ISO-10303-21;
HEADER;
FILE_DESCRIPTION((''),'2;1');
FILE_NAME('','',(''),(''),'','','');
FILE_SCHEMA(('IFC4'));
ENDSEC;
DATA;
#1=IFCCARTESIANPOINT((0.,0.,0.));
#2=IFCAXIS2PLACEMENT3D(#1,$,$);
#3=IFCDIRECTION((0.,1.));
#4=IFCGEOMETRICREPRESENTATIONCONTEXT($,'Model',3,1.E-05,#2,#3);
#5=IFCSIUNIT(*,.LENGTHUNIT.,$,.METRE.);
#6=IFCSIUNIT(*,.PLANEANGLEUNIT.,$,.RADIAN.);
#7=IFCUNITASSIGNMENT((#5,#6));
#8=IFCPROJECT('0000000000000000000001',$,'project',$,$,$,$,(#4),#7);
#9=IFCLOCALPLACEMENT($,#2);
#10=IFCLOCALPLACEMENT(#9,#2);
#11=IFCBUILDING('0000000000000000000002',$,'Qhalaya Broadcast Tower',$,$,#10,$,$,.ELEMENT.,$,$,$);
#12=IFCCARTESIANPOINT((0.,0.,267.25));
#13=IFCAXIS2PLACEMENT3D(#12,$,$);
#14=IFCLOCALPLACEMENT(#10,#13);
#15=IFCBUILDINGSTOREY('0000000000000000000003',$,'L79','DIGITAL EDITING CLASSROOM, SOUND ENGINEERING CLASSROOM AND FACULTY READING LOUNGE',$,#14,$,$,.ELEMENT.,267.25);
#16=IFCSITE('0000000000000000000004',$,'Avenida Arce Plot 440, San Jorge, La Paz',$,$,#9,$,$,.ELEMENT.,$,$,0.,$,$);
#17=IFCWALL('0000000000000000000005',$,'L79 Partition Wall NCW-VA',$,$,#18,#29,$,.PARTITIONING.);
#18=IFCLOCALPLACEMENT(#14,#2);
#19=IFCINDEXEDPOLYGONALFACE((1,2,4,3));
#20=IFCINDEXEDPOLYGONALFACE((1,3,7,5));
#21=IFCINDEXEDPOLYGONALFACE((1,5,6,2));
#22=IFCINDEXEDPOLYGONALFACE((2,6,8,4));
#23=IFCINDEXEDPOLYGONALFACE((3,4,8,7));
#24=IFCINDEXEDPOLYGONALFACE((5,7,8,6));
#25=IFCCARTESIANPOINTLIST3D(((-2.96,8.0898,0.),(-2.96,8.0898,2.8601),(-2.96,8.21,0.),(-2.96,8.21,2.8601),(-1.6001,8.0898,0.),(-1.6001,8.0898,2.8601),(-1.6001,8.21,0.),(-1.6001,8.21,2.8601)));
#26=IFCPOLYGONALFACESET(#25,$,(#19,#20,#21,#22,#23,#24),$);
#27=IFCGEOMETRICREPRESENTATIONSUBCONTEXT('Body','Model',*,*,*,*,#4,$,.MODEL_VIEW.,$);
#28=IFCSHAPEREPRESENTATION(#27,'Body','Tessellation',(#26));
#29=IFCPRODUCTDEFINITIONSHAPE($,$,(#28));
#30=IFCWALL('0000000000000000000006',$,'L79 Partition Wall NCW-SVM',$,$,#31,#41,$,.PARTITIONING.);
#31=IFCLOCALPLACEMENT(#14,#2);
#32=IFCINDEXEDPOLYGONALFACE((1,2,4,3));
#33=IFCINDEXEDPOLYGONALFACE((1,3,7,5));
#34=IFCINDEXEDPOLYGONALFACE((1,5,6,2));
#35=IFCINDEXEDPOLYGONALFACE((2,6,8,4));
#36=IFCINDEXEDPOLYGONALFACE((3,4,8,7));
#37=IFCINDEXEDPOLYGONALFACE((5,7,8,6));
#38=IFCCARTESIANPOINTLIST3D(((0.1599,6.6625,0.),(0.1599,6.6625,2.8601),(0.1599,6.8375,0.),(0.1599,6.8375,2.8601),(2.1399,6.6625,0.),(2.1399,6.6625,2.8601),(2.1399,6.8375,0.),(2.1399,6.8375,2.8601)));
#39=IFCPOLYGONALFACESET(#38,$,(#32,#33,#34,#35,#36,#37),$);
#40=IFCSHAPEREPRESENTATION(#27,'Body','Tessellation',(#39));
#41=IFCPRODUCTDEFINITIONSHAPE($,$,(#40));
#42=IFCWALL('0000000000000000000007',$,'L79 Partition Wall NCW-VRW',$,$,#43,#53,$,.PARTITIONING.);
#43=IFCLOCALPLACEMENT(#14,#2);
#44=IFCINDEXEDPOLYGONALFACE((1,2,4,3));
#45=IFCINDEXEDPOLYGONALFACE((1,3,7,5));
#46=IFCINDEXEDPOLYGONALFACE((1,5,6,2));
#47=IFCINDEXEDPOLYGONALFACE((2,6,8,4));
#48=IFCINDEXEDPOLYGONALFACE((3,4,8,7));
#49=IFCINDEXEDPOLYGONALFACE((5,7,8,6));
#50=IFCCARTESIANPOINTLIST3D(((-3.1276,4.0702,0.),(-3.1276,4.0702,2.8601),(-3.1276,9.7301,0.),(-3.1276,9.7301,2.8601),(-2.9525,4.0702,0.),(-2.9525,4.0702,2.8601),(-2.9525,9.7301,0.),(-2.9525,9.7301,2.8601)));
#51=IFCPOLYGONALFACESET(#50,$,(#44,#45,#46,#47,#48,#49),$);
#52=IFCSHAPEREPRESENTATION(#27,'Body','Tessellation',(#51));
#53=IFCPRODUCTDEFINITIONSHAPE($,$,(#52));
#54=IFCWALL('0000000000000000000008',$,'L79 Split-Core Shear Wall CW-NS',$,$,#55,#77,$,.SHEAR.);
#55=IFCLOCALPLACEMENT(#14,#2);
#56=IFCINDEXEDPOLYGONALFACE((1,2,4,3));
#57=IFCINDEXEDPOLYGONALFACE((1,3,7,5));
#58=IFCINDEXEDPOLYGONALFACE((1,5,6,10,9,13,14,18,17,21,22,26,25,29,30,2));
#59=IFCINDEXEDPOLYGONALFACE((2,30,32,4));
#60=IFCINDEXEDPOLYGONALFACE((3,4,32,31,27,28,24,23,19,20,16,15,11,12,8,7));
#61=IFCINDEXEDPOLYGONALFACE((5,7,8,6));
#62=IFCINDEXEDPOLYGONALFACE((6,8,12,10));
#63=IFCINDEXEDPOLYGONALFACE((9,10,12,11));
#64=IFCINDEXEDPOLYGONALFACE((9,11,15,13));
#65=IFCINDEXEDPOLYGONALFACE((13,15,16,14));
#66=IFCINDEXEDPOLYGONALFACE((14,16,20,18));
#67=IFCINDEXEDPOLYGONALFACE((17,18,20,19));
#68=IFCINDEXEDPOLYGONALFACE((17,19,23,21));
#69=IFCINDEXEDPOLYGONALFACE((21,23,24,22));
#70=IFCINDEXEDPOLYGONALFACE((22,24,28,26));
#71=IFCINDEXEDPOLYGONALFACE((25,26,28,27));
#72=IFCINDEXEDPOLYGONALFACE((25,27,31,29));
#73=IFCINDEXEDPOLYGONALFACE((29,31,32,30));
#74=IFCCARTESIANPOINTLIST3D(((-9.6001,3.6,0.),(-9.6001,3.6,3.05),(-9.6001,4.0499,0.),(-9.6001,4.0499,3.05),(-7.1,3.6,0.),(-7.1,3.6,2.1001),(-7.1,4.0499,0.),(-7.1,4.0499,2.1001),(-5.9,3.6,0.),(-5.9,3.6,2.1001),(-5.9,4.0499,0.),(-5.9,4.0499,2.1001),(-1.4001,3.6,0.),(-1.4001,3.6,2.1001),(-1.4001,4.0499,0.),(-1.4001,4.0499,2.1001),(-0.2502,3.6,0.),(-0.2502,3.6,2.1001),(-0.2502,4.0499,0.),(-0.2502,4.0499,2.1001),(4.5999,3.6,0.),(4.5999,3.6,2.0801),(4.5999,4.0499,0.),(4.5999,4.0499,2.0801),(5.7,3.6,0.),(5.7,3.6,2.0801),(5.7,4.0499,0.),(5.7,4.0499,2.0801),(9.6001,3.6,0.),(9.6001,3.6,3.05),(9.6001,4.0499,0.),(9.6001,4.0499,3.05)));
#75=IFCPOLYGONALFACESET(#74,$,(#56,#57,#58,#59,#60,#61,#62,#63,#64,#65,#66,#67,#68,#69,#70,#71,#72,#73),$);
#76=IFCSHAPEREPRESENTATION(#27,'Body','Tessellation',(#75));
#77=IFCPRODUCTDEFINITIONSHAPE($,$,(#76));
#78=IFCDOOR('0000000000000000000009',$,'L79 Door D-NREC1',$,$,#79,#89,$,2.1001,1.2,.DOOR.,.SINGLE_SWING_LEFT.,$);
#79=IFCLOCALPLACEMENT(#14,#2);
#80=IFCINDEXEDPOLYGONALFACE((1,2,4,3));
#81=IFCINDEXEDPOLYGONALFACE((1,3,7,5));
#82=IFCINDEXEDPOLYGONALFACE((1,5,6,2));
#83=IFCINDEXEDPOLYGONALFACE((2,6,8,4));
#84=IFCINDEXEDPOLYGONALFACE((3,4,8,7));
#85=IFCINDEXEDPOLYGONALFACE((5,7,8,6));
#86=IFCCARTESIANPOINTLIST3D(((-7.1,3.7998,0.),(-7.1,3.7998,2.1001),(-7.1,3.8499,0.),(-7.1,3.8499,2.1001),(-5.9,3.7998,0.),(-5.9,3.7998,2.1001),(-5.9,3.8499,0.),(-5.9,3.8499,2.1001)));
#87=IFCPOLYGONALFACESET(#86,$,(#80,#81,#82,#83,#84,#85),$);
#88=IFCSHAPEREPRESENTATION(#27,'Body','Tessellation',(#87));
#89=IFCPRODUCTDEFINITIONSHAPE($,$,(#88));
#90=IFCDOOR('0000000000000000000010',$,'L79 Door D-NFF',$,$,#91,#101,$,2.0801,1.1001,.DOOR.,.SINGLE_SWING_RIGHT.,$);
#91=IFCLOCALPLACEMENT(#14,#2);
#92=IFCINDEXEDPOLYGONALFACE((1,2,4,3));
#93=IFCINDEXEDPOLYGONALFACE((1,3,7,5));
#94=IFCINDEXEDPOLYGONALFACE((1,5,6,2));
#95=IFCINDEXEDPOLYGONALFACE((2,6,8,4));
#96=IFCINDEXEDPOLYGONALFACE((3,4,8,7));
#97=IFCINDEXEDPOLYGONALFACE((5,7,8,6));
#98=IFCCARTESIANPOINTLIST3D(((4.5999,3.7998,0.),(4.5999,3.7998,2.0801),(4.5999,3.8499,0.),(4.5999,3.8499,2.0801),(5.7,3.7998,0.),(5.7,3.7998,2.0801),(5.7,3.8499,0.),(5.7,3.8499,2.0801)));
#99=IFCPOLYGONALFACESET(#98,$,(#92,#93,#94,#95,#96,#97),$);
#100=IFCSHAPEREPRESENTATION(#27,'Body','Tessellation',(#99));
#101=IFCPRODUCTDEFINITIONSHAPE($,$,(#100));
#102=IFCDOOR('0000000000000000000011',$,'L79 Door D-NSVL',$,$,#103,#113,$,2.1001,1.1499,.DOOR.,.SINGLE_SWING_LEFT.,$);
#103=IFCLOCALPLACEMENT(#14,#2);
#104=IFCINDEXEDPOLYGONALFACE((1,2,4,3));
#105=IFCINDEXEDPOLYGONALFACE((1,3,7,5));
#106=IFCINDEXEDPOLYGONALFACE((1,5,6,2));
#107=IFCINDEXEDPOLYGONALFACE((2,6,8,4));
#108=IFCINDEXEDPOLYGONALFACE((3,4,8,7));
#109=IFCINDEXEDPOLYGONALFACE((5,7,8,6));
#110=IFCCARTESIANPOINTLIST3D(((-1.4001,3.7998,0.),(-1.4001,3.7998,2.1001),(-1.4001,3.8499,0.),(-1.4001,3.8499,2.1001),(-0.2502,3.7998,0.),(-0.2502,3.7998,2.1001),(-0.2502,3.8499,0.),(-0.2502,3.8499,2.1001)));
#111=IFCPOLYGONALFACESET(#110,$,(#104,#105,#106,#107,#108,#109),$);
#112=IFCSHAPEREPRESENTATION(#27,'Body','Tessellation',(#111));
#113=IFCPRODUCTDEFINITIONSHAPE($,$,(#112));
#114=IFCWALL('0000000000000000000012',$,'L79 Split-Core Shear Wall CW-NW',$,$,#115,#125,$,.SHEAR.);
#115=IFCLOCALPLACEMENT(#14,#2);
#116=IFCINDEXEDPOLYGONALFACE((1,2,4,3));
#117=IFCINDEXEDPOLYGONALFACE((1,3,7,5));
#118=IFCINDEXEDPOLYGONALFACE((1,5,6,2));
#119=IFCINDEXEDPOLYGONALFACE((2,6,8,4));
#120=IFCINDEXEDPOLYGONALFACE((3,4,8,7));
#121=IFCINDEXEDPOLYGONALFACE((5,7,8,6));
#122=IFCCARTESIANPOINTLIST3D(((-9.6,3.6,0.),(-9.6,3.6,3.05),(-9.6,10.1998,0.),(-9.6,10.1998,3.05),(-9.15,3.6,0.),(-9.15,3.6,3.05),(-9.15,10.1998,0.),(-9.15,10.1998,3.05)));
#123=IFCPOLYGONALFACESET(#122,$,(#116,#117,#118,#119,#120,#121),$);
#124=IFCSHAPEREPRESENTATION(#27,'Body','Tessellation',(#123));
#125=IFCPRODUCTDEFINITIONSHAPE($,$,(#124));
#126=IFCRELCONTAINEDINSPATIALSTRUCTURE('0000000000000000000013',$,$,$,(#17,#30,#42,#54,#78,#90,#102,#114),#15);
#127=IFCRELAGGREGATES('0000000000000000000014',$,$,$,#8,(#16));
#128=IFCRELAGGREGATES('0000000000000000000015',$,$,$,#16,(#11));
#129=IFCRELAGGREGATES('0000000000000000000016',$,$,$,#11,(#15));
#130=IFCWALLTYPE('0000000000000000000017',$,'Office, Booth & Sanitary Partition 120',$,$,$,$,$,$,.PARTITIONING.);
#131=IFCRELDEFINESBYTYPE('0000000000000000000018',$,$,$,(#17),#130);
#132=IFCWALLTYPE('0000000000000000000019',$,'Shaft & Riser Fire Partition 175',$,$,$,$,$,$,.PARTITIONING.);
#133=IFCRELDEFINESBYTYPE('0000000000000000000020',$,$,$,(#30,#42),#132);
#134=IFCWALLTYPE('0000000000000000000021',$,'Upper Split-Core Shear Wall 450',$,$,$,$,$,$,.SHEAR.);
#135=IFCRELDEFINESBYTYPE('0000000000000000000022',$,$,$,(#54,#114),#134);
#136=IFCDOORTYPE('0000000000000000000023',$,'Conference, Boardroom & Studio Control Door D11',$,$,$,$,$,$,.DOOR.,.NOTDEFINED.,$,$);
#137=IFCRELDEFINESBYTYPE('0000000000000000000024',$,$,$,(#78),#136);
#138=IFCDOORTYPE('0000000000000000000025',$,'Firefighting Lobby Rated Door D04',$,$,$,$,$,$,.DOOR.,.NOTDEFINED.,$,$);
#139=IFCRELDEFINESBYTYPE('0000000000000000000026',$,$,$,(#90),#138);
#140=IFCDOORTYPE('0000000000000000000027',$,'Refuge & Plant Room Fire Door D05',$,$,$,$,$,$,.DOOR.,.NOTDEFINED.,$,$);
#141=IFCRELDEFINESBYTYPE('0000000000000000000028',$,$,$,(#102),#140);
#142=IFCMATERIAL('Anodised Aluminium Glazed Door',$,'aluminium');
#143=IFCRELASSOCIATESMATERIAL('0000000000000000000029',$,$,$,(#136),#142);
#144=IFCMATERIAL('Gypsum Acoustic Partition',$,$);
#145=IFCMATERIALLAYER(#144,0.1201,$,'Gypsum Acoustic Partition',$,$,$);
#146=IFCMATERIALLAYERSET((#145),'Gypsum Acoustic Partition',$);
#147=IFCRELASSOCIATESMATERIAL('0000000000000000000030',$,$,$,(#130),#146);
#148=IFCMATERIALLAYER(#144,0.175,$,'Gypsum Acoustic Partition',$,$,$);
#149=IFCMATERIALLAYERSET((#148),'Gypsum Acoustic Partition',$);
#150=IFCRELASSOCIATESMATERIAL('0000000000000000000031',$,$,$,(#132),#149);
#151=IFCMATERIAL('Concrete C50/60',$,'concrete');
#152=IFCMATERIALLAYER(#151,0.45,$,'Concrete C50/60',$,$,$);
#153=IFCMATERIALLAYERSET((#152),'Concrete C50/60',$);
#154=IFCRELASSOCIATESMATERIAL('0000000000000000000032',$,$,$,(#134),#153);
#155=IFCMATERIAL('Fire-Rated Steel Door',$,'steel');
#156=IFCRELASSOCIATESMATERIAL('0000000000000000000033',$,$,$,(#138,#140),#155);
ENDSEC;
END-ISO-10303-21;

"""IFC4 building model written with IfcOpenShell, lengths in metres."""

from ifc_helpers import new_model, si_unit, direction, frame, frame_2d, origin, place, context, subcontext, project, spatial, rectangle, extrude, material, layer, layer_set, type_object, element, fill, save


model = new_model("IFC4")

# Units and contexts
model_context = context("Model", 3, precision=1e-05, world=origin(), true_north=direction((0.0, 1.0)))
body_context = subcontext(model_context, "Body", "Model", "MODEL_VIEW")
ifc_project = project(units=[si_unit("LENGTHUNIT", "METRE"), si_unit("PLANEANGLEUNIT", "RADIAN")], contexts=[model_context])

# Site, building, storey
site_placement = place(None, origin())
site = spatial("IfcSite", under=ifc_project, at=site_placement, Name="Avenida Arce Plot 440, San Jorge, La Paz", CompositionType="ELEMENT", RefElevation=0.0)
building_placement = place(site_placement, origin())
building = spatial("IfcBuilding", under=site, at=building_placement, Name="Qhalaya Broadcast Tower", CompositionType="ELEMENT")
storey_placement = place(building_placement, frame((0.0, 0.0, 267.25)))
storey = spatial("IfcBuildingStorey", under=building, at=storey_placement, Name="L79", Description="DIGITAL EDITING CLASSROOM, SOUND ENGINEERING CLASSROOM AND FACULTY READING LOUNGE", CompositionType="ELEMENT", Elevation=267.25)

# Shared definitions
ifc_material_1 = material(Name="Concrete C50/60", Category="concrete")

# Shared definitions
ifc_material_2 = material(Name="Gypsum Acoustic Partition")
ifc_material_3 = material(Name="Fire-Rated Steel Door", Category="steel")

# Shared definitions
ifc_material_4 = material(Name="Anodised Aluminium Glazed Door", Category="aluminium")
door_type_1 = type_object("IfcDoorType", Name="Conference, Boardroom & Studio Control Door D11", OperationType="NOTDEFINED", PredefinedType="DOOR", material=ifc_material_4)

# Wall
ifc_layer_1 = layer(ifc_material_2, 0.1201, Name="Gypsum Acoustic Partition")
ifc_layer_set_1 = layer_set([ifc_layer_1], Name="Gypsum Acoustic Partition")
wall_type_1 = type_object("IfcWallType", Name="Office, Booth & Sanitary Partition 120", PredefinedType="PARTITIONING", material=ifc_layer_set_1)
wall_1_placement = place(storey_placement, frame((-2.96, 8.1499, 0.0), z_axis=(0.0, 0.0, 1.0), x_axis=(1.0, 0.0, 0.0)))
element("IfcWall", 1, at=wall_1_placement, inside=storey, type_object=wall_type_1, Name="L79 Partition Wall NCW-VA", PredefinedType="PARTITIONING", context=body_context, shape_type="SweptSolid", body=[
    extrude(rectangle(XDim=1.3599, YDim=0.1201, at=frame_2d((0.6799, 0.0))), origin(), (0.0, 0.0, 1.0), 2.8601),
])

# Shared definitions
ifc_layer_2 = layer(ifc_material_2, 0.175, Name="Gypsum Acoustic Partition")
ifc_layer_set_2 = layer_set([ifc_layer_2], Name="Gypsum Acoustic Partition")
wall_type_2 = type_object("IfcWallType", Name="Shaft & Riser Fire Partition 175", PredefinedType="PARTITIONING", material=ifc_layer_set_2)

# Walls
wall_2_placement = place(storey_placement, frame((0.1599, 6.75, 0.0), z_axis=(0.0, 0.0, 1.0), x_axis=(1.0, 0.0, 0.0)))
element("IfcWall", 2, at=wall_2_placement, inside=storey, type_object=wall_type_2, Name="L79 Partition Wall NCW-SVM", PredefinedType="PARTITIONING", context=body_context, shape_type="SweptSolid", body=[
    extrude(rectangle(XDim=1.98, YDim=0.175, at=frame_2d((0.99, 0.0))), origin(), (0.0, 0.0, 1.0), 2.8601),
])
wall_3_placement = place(storey_placement, frame((-3.04, 4.0701, 0.0), z_axis=(0.0, 0.0, 1.0), x_axis=(0.0, 1.0, 0.0)))
element("IfcWall", 3, at=wall_3_placement, inside=storey, type_object=wall_type_2, Name="L79 Partition Wall NCW-VRW", PredefinedType="PARTITIONING", context=body_context, shape_type="SweptSolid", body=[
    extrude(rectangle(XDim=5.6599, YDim=0.175, at=frame_2d((2.8301, 0.0))), origin(), (0.0, 0.0, 1.0), 2.8601),
])

# Wall, openings, doors
ifc_layer_3 = layer(ifc_material_1, 0.45, Name="Concrete C50/60")
ifc_layer_set_3 = layer_set([ifc_layer_3], Name="Concrete C50/60")
wall_type_3 = type_object("IfcWallType", Name="Upper Split-Core Shear Wall 450", PredefinedType="SHEAR", material=ifc_layer_set_3)
wall_4_placement = place(storey_placement, frame((-9.6001, 3.825, 0.0), z_axis=(0.0, 0.0, 1.0), x_axis=(1.0, 0.0, 0.0)))
wall_4 = element("IfcWall", 4, at=wall_4_placement, inside=storey, type_object=wall_type_3, Name="L79 Split-Core Shear Wall CW-NS", PredefinedType="SHEAR", context=body_context, shape_type="SweptSolid", body=[
    extrude(rectangle(XDim=19.2002, YDim=0.45, at=frame_2d((9.6001, 0.0))), origin(), (0.0, 0.0, 1.0), 3.05),
])
opening_1_placement = place(wall_4_placement, frame((14.2, 0.0, 0.0)))
opening_1 = element("IfcOpeningElement", 5, at=opening_1_placement, cuts=wall_4, PredefinedType="OPENING", context=body_context, shape_type="SweptSolid", body=[
    extrude(rectangle(XDim=1.1001, YDim=2.0801, at=frame_2d((0.55, 1.04))), frame((0.0, 0.2371, 0.0), z_axis=(0.0, -1.0, 0.0), x_axis=(1.0, 0.0, 0.0)), (0.0, 0.0, 1.0), 0.4739),
])
opening_2_placement = place(wall_4_placement, frame((8.2, 0.0, 0.0)))
opening_2 = element("IfcOpeningElement", 6, at=opening_2_placement, cuts=wall_4, PredefinedType="OPENING", context=body_context, shape_type="SweptSolid", body=[
    extrude(rectangle(XDim=1.1499, YDim=2.1001, at=frame_2d((0.575, 1.05))), frame((0.0, 0.2371, 0.0), z_axis=(0.0, -1.0, 0.0), x_axis=(1.0, 0.0, 0.0)), (0.0, 0.0, 1.0), 0.4739),
])
opening_3_placement = place(wall_4_placement, frame((2.5, 0.0, 0.0)))
opening_3 = element("IfcOpeningElement", 7, at=opening_3_placement, cuts=wall_4, PredefinedType="OPENING", context=body_context, shape_type="SweptSolid", body=[
    extrude(rectangle(XDim=1.2, YDim=2.1001, at=frame_2d((0.6001, 1.05))), frame((0.0, 0.2371, 0.0), z_axis=(0.0, -1.0, 0.0), x_axis=(1.0, 0.0, 0.0)), (0.0, 0.0, 1.0), 0.4739),
])
door_1_placement = place(opening_3_placement, origin())
door_1 = element("IfcDoor", 8, at=door_1_placement, inside=storey, type_object=door_type_1, Name="L79 Door D-NREC1", OperationType="SINGLE_SWING_LEFT", OverallHeight=2.1001, OverallWidth=1.2, PredefinedType="DOOR", context=body_context, shape_type="SweptSolid", body=[
    extrude(rectangle(XDim=1.2, YDim=2.1001, at=frame_2d((0.6001, 1.05))), frame((0.0, 0.0249, 0.0), z_axis=(0.0, -1.0, 0.0), x_axis=(1.0, 0.0, 0.0)), (0.0, 0.0, 1.0), 0.05),
])
fill(opening_3, door_1)
door_type_2 = type_object("IfcDoorType", Name="Firefighting Lobby Rated Door D04", OperationType="NOTDEFINED", PredefinedType="DOOR", material=ifc_material_3)
door_2_placement = place(opening_1_placement, origin())
door_2 = element("IfcDoor", 9, at=door_2_placement, inside=storey, type_object=door_type_2, Name="L79 Door D-NFF", OperationType="SINGLE_SWING_RIGHT", OverallHeight=2.0801, OverallWidth=1.1001, PredefinedType="DOOR", context=body_context, shape_type="SweptSolid", body=[
    extrude(rectangle(XDim=1.1001, YDim=2.0801, at=frame_2d((0.55, 1.04))), frame((0.0, 0.0249, 0.0), z_axis=(0.0, -1.0, 0.0), x_axis=(1.0, 0.0, 0.0)), (0.0, 0.0, 1.0), 0.05),
])
fill(opening_1, door_2)
door_type_3 = type_object("IfcDoorType", Name="Refuge & Plant Room Fire Door D05", OperationType="NOTDEFINED", PredefinedType="DOOR", material=ifc_material_3)
door_3_placement = place(opening_2_placement, origin())
door_3 = element("IfcDoor", 10, at=door_3_placement, inside=storey, type_object=door_type_3, Name="L79 Door D-NSVL", OperationType="SINGLE_SWING_LEFT", OverallHeight=2.1001, OverallWidth=1.1499, PredefinedType="DOOR", context=body_context, shape_type="SweptSolid", body=[
    extrude(rectangle(XDim=1.1499, YDim=2.1001, at=frame_2d((0.575, 1.05))), frame((0.0, 0.0249, 0.0), z_axis=(0.0, -1.0, 0.0), x_axis=(1.0, 0.0, 0.0)), (0.0, 0.0, 1.0), 0.05),
])
fill(opening_2, door_3)

# Wall
wall_5_placement = place(storey_placement, frame((-9.375, 3.6001, 0.0), z_axis=(0.0, 0.0, 1.0), x_axis=(0.0, 1.0, 0.0)))
element("IfcWall", 11, at=wall_5_placement, inside=storey, type_object=wall_type_3, Name="L79 Split-Core Shear Wall CW-NW", PredefinedType="SHEAR", context=body_context, shape_type="SweptSolid", body=[
    extrude(rectangle(XDim=6.5999, YDim=0.45, at=frame_2d((3.2998, 0.0))), origin(), (0.0, 0.0, 1.0), 3.05),
])

save(model, "model.ifc")
